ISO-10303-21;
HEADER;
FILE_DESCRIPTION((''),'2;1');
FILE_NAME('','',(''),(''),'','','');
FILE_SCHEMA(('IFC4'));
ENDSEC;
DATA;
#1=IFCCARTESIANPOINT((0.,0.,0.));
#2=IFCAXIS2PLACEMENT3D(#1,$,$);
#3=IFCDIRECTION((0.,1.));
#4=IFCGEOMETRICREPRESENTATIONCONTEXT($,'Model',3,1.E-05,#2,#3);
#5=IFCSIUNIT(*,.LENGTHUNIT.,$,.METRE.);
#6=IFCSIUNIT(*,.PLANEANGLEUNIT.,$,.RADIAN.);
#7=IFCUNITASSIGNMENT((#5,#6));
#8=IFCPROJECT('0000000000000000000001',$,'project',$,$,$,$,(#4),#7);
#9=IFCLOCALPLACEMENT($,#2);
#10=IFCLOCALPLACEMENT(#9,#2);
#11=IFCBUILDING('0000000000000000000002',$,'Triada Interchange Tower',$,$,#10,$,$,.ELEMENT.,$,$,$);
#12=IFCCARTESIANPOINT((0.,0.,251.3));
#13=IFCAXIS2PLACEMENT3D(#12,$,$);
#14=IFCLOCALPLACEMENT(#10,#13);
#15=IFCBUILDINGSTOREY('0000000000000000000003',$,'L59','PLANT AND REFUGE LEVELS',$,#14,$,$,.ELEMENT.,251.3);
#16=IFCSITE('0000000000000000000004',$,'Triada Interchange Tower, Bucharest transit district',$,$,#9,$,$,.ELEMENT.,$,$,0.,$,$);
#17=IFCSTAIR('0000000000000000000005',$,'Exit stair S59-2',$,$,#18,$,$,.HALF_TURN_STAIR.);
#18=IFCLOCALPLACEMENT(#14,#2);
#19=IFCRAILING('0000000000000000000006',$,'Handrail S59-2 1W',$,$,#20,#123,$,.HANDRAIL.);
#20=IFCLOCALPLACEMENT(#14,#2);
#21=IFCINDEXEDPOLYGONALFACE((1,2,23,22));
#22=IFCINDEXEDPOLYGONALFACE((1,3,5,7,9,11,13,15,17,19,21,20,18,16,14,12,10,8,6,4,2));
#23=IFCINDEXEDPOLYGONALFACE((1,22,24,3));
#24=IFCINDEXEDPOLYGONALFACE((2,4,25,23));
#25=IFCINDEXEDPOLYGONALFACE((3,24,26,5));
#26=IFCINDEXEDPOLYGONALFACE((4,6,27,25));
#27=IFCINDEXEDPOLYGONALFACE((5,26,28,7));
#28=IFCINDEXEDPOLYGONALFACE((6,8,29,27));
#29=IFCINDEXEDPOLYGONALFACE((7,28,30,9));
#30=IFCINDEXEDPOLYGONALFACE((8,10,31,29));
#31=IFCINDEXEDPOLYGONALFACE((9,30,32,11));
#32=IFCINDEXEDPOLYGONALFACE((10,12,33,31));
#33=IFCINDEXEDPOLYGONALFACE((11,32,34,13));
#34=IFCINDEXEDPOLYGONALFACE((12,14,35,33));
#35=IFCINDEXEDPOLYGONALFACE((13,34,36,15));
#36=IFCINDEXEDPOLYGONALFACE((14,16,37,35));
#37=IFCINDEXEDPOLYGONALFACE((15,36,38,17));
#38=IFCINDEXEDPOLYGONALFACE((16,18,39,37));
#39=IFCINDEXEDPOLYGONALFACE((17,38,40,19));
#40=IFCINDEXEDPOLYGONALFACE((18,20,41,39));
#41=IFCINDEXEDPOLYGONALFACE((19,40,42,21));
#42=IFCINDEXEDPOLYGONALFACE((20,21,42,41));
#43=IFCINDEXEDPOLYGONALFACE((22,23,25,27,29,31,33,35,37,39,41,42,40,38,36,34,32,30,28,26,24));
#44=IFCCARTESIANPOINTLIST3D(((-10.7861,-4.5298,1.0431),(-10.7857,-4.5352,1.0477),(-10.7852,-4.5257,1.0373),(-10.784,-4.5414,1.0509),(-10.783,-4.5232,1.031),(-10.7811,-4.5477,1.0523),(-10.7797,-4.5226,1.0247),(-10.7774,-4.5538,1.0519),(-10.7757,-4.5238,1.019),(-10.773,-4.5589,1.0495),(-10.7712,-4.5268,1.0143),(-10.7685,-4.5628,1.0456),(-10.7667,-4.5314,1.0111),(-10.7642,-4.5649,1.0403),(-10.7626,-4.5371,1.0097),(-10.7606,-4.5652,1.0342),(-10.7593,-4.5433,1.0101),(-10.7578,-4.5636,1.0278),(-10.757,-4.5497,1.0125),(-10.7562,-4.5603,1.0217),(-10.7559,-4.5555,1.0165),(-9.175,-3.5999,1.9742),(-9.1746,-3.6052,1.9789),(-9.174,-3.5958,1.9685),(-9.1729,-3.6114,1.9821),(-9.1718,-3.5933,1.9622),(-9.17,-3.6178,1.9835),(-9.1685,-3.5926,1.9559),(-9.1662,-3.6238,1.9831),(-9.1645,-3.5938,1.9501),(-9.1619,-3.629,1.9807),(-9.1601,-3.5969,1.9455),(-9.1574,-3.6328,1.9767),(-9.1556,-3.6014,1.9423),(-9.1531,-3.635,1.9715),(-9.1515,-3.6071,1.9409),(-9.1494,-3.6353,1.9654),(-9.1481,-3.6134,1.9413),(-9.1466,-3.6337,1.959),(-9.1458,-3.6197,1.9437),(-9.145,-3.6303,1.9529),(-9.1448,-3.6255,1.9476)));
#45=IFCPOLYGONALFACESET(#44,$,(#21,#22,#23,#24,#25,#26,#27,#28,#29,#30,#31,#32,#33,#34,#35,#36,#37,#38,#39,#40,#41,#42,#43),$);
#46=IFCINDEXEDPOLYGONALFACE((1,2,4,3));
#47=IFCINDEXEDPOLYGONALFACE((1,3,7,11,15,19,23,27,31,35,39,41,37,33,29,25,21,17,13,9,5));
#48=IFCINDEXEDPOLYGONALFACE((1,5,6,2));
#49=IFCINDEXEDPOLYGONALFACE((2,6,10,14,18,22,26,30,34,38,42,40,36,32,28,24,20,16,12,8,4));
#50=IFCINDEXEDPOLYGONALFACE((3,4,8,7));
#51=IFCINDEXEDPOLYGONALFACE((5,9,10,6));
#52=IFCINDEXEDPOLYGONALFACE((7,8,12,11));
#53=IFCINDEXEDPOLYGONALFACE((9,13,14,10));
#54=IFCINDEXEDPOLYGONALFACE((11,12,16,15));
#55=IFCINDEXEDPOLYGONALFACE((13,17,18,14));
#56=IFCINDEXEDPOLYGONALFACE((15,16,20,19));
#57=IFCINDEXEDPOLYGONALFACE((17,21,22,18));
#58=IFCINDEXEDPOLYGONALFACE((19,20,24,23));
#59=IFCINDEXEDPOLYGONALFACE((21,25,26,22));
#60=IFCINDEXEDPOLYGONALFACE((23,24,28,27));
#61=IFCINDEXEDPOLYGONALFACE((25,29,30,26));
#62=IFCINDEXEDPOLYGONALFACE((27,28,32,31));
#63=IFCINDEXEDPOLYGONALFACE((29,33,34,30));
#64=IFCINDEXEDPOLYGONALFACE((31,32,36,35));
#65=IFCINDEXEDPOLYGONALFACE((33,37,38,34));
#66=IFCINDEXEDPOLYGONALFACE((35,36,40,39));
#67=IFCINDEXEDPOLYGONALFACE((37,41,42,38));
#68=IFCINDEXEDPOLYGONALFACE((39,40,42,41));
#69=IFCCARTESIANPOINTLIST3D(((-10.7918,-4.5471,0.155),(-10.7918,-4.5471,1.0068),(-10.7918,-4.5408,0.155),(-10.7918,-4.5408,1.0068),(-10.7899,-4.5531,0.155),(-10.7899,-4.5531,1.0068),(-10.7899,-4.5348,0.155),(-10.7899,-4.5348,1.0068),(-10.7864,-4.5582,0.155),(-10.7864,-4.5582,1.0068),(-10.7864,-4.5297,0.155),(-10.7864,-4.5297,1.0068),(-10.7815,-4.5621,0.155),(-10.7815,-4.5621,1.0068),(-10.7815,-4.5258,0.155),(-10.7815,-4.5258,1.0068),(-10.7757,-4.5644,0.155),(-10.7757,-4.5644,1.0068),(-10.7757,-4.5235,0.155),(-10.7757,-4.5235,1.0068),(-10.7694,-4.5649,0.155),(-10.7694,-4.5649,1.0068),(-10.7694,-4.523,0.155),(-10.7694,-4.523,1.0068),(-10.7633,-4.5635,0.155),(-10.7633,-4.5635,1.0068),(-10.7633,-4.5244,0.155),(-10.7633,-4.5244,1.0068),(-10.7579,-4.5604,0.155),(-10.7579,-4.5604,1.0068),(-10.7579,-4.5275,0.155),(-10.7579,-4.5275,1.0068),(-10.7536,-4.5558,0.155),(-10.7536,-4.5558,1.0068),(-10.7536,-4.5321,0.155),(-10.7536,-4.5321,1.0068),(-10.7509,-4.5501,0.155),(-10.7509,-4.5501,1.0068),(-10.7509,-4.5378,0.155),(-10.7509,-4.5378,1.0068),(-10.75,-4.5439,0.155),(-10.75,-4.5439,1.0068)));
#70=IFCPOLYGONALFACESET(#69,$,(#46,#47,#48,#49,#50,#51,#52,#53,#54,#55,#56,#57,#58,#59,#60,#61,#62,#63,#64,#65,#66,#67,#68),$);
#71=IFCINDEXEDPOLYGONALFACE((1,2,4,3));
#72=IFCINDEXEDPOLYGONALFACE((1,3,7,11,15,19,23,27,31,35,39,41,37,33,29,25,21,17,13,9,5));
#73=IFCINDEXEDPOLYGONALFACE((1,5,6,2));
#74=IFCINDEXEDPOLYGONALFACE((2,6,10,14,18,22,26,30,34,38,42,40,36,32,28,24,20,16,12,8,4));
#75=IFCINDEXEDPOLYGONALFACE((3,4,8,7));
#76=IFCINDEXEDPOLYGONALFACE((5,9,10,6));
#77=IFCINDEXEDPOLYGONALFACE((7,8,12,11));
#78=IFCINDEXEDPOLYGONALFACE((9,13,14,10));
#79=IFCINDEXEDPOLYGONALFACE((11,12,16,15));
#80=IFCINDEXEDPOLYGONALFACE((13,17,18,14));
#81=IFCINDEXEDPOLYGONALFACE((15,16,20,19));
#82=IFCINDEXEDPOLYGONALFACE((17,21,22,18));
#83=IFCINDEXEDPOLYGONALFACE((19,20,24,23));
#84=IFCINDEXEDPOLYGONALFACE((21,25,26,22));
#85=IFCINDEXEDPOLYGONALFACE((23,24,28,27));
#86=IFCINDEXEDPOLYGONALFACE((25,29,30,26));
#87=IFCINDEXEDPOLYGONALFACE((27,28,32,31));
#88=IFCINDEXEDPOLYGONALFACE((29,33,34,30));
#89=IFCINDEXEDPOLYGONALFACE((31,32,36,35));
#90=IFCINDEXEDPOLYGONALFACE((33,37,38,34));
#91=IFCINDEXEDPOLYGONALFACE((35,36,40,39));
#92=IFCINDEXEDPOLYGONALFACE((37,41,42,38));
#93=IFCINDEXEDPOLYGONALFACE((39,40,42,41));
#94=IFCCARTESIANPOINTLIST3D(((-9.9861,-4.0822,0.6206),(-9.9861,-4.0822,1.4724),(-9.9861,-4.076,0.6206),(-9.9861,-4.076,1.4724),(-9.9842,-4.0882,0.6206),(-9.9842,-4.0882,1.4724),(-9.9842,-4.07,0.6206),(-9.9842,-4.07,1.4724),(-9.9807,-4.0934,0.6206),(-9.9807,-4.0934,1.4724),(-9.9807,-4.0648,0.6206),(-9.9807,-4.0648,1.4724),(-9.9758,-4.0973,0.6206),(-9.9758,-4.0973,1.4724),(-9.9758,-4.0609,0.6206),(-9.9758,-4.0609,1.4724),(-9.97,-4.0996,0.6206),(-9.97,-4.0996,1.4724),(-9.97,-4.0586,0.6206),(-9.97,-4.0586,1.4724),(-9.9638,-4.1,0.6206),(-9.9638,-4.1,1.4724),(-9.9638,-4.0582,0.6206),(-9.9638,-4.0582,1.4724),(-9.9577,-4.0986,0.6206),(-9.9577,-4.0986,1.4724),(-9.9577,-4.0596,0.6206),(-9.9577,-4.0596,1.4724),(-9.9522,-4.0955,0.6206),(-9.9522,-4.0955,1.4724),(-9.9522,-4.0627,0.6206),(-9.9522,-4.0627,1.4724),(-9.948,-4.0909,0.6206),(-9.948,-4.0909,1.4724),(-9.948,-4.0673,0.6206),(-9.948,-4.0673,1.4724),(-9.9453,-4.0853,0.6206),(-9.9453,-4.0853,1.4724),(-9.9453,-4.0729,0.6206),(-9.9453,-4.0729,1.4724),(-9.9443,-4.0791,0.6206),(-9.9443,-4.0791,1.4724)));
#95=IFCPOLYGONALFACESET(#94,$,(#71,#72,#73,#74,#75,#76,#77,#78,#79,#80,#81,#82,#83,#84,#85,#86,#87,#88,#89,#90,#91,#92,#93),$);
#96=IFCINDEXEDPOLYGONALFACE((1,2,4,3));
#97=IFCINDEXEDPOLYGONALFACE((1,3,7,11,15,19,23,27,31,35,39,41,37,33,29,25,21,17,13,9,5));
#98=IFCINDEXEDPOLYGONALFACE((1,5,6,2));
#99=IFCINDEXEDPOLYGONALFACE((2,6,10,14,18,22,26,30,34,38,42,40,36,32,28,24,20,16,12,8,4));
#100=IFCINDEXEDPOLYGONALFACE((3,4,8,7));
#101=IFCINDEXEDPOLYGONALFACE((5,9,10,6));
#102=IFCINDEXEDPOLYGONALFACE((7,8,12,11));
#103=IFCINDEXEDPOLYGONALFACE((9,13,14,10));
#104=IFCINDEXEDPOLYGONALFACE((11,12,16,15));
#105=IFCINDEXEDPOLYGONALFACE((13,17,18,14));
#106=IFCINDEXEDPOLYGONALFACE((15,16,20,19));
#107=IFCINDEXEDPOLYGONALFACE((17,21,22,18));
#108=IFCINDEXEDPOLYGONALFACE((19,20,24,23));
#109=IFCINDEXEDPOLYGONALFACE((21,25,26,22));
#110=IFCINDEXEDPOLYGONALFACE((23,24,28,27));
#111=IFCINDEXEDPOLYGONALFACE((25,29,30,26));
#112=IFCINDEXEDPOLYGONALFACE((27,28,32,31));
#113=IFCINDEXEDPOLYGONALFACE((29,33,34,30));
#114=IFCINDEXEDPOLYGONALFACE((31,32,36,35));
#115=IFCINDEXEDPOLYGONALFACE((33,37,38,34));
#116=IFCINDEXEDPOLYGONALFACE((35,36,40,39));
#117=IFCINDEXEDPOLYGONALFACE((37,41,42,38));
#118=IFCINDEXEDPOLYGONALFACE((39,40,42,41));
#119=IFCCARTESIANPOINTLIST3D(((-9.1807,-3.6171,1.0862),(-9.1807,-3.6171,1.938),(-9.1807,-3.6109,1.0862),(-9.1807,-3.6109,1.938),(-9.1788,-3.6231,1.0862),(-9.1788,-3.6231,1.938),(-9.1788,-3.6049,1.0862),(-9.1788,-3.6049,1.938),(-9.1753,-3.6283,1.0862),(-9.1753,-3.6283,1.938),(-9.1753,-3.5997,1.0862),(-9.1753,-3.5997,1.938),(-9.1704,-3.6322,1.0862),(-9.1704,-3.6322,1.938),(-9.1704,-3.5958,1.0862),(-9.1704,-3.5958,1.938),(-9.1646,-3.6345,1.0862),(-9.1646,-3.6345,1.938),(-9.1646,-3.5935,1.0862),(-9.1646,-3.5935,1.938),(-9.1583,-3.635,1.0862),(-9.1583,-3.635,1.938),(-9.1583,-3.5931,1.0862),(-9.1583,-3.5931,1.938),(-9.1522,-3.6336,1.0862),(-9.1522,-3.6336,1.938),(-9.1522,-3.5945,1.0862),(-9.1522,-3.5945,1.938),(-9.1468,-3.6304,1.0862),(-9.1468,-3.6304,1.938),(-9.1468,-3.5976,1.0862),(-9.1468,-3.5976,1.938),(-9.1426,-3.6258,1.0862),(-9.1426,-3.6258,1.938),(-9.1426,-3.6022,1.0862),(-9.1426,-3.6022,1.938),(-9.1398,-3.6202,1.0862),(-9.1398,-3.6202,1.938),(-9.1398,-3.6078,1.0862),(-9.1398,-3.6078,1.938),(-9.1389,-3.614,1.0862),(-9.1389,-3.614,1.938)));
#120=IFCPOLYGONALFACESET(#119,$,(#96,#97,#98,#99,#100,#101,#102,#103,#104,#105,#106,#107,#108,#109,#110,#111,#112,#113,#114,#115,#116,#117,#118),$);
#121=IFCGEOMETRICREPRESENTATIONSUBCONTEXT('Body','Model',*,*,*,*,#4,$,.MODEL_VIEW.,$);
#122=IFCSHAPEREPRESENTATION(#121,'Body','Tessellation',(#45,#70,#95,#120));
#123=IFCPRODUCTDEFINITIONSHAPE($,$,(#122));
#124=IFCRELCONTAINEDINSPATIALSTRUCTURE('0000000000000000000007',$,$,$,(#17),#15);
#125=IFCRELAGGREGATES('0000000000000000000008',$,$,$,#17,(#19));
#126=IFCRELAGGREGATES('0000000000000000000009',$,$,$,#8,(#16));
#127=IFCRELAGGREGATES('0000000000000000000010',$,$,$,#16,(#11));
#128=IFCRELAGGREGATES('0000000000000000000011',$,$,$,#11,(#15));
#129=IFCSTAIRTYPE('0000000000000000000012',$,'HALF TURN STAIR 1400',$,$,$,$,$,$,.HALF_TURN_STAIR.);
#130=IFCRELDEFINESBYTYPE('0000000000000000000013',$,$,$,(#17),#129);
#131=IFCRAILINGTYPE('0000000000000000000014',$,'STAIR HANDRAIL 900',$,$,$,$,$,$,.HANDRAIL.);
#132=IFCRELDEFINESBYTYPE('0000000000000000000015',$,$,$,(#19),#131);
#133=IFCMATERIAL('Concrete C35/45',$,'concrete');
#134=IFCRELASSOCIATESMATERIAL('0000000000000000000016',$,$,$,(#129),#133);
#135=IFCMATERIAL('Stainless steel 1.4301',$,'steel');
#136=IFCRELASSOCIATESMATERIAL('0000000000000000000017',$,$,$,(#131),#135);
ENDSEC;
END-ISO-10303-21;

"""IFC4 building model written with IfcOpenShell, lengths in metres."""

from ifc_helpers import new_model, si_unit, direction, frame, origin, origin_2d, place, context, subcontext, project, spatial, circle, extrude, material, type_object, element, aggregate, save


model = new_model("IFC4")

# Units and contexts
model_context = context("Model", 3, precision=1e-05, world=origin(), true_north=direction((0.0, 1.0)))
body_context = subcontext(model_context, "Body", "Model", "MODEL_VIEW")
ifc_project = project(units=[si_unit("LENGTHUNIT", "METRE"), si_unit("PLANEANGLEUNIT", "RADIAN")], contexts=[model_context])

# Site, building, storey
site_placement = place(None, origin())
site = spatial("IfcSite", under=ifc_project, at=site_placement, Name="Triada Interchange Tower, Bucharest transit district", CompositionType="ELEMENT", RefElevation=0.0)
building_placement = place(site_placement, origin())
building = spatial("IfcBuilding", under=site, at=building_placement, Name="Triada Interchange Tower", CompositionType="ELEMENT")
storey_placement = place(building_placement, frame((0.0, 0.0, 251.3)))
storey = spatial("IfcBuildingStorey", under=building, at=storey_placement, Name="L59", Description="PLANT AND REFUGE LEVELS", CompositionType="ELEMENT", Elevation=251.3)

# Shared definitions
ifc_material_1 = material(Name="Concrete C35/45", Category="concrete")

# Stair, railing
stair_type = type_object("IfcStairType", Name="HALF TURN STAIR 1400", PredefinedType="HALF_TURN_STAIR", material=ifc_material_1)
stair_placement = place(storey_placement, origin())
stair = element("IfcStair", 1, at=stair_placement, inside=storey, type_object=stair_type, Name="Exit stair S59-2", PredefinedType="HALF_TURN_STAIR")
ifc_material_2 = material(Name="Stainless steel 1.4301", Category="steel")
railing_type_1 = type_object("IfcRailingType", Name="STAIR HANDRAIL 900", PredefinedType="HANDRAIL", material=ifc_material_2)
railing_1_placement = place(storey_placement, frame((-10.771, -4.5439, 0.155)))
railing_1 = element("IfcRailing", 2, at=railing_1_placement, type_object=railing_type_1, Name="Handrail S59-2 1W", PredefinedType="HANDRAIL", context=body_context, shape_type="SweptSolid", body=[
    extrude(circle(Radius=0.0239, at=origin_2d()), frame((0.0, 0.0, 0.876), z_axis=(0.774469, 0.44703, 0.447617), x_axis=(-0.499908, 0.866079, 0.0)), (0.0, 0.0, 1.0), 2.0803),
    extrude(circle(Radius=0.021, at=origin_2d()), origin(), (0.0, 0.0, 1.0), 0.8518),
    extrude(circle(Radius=0.021, at=origin_2d()), frame((0.8057, 0.4648, 0.4656)), (0.0, 0.0, 1.0), 0.8518),
    extrude(circle(Radius=0.021, at=origin_2d()), frame((1.6111, 0.9299, 0.9312)), (0.0, 0.0, 1.0), 0.8518),
])
aggregate(stair, [railing_1])

save(model, "model.ifc")
